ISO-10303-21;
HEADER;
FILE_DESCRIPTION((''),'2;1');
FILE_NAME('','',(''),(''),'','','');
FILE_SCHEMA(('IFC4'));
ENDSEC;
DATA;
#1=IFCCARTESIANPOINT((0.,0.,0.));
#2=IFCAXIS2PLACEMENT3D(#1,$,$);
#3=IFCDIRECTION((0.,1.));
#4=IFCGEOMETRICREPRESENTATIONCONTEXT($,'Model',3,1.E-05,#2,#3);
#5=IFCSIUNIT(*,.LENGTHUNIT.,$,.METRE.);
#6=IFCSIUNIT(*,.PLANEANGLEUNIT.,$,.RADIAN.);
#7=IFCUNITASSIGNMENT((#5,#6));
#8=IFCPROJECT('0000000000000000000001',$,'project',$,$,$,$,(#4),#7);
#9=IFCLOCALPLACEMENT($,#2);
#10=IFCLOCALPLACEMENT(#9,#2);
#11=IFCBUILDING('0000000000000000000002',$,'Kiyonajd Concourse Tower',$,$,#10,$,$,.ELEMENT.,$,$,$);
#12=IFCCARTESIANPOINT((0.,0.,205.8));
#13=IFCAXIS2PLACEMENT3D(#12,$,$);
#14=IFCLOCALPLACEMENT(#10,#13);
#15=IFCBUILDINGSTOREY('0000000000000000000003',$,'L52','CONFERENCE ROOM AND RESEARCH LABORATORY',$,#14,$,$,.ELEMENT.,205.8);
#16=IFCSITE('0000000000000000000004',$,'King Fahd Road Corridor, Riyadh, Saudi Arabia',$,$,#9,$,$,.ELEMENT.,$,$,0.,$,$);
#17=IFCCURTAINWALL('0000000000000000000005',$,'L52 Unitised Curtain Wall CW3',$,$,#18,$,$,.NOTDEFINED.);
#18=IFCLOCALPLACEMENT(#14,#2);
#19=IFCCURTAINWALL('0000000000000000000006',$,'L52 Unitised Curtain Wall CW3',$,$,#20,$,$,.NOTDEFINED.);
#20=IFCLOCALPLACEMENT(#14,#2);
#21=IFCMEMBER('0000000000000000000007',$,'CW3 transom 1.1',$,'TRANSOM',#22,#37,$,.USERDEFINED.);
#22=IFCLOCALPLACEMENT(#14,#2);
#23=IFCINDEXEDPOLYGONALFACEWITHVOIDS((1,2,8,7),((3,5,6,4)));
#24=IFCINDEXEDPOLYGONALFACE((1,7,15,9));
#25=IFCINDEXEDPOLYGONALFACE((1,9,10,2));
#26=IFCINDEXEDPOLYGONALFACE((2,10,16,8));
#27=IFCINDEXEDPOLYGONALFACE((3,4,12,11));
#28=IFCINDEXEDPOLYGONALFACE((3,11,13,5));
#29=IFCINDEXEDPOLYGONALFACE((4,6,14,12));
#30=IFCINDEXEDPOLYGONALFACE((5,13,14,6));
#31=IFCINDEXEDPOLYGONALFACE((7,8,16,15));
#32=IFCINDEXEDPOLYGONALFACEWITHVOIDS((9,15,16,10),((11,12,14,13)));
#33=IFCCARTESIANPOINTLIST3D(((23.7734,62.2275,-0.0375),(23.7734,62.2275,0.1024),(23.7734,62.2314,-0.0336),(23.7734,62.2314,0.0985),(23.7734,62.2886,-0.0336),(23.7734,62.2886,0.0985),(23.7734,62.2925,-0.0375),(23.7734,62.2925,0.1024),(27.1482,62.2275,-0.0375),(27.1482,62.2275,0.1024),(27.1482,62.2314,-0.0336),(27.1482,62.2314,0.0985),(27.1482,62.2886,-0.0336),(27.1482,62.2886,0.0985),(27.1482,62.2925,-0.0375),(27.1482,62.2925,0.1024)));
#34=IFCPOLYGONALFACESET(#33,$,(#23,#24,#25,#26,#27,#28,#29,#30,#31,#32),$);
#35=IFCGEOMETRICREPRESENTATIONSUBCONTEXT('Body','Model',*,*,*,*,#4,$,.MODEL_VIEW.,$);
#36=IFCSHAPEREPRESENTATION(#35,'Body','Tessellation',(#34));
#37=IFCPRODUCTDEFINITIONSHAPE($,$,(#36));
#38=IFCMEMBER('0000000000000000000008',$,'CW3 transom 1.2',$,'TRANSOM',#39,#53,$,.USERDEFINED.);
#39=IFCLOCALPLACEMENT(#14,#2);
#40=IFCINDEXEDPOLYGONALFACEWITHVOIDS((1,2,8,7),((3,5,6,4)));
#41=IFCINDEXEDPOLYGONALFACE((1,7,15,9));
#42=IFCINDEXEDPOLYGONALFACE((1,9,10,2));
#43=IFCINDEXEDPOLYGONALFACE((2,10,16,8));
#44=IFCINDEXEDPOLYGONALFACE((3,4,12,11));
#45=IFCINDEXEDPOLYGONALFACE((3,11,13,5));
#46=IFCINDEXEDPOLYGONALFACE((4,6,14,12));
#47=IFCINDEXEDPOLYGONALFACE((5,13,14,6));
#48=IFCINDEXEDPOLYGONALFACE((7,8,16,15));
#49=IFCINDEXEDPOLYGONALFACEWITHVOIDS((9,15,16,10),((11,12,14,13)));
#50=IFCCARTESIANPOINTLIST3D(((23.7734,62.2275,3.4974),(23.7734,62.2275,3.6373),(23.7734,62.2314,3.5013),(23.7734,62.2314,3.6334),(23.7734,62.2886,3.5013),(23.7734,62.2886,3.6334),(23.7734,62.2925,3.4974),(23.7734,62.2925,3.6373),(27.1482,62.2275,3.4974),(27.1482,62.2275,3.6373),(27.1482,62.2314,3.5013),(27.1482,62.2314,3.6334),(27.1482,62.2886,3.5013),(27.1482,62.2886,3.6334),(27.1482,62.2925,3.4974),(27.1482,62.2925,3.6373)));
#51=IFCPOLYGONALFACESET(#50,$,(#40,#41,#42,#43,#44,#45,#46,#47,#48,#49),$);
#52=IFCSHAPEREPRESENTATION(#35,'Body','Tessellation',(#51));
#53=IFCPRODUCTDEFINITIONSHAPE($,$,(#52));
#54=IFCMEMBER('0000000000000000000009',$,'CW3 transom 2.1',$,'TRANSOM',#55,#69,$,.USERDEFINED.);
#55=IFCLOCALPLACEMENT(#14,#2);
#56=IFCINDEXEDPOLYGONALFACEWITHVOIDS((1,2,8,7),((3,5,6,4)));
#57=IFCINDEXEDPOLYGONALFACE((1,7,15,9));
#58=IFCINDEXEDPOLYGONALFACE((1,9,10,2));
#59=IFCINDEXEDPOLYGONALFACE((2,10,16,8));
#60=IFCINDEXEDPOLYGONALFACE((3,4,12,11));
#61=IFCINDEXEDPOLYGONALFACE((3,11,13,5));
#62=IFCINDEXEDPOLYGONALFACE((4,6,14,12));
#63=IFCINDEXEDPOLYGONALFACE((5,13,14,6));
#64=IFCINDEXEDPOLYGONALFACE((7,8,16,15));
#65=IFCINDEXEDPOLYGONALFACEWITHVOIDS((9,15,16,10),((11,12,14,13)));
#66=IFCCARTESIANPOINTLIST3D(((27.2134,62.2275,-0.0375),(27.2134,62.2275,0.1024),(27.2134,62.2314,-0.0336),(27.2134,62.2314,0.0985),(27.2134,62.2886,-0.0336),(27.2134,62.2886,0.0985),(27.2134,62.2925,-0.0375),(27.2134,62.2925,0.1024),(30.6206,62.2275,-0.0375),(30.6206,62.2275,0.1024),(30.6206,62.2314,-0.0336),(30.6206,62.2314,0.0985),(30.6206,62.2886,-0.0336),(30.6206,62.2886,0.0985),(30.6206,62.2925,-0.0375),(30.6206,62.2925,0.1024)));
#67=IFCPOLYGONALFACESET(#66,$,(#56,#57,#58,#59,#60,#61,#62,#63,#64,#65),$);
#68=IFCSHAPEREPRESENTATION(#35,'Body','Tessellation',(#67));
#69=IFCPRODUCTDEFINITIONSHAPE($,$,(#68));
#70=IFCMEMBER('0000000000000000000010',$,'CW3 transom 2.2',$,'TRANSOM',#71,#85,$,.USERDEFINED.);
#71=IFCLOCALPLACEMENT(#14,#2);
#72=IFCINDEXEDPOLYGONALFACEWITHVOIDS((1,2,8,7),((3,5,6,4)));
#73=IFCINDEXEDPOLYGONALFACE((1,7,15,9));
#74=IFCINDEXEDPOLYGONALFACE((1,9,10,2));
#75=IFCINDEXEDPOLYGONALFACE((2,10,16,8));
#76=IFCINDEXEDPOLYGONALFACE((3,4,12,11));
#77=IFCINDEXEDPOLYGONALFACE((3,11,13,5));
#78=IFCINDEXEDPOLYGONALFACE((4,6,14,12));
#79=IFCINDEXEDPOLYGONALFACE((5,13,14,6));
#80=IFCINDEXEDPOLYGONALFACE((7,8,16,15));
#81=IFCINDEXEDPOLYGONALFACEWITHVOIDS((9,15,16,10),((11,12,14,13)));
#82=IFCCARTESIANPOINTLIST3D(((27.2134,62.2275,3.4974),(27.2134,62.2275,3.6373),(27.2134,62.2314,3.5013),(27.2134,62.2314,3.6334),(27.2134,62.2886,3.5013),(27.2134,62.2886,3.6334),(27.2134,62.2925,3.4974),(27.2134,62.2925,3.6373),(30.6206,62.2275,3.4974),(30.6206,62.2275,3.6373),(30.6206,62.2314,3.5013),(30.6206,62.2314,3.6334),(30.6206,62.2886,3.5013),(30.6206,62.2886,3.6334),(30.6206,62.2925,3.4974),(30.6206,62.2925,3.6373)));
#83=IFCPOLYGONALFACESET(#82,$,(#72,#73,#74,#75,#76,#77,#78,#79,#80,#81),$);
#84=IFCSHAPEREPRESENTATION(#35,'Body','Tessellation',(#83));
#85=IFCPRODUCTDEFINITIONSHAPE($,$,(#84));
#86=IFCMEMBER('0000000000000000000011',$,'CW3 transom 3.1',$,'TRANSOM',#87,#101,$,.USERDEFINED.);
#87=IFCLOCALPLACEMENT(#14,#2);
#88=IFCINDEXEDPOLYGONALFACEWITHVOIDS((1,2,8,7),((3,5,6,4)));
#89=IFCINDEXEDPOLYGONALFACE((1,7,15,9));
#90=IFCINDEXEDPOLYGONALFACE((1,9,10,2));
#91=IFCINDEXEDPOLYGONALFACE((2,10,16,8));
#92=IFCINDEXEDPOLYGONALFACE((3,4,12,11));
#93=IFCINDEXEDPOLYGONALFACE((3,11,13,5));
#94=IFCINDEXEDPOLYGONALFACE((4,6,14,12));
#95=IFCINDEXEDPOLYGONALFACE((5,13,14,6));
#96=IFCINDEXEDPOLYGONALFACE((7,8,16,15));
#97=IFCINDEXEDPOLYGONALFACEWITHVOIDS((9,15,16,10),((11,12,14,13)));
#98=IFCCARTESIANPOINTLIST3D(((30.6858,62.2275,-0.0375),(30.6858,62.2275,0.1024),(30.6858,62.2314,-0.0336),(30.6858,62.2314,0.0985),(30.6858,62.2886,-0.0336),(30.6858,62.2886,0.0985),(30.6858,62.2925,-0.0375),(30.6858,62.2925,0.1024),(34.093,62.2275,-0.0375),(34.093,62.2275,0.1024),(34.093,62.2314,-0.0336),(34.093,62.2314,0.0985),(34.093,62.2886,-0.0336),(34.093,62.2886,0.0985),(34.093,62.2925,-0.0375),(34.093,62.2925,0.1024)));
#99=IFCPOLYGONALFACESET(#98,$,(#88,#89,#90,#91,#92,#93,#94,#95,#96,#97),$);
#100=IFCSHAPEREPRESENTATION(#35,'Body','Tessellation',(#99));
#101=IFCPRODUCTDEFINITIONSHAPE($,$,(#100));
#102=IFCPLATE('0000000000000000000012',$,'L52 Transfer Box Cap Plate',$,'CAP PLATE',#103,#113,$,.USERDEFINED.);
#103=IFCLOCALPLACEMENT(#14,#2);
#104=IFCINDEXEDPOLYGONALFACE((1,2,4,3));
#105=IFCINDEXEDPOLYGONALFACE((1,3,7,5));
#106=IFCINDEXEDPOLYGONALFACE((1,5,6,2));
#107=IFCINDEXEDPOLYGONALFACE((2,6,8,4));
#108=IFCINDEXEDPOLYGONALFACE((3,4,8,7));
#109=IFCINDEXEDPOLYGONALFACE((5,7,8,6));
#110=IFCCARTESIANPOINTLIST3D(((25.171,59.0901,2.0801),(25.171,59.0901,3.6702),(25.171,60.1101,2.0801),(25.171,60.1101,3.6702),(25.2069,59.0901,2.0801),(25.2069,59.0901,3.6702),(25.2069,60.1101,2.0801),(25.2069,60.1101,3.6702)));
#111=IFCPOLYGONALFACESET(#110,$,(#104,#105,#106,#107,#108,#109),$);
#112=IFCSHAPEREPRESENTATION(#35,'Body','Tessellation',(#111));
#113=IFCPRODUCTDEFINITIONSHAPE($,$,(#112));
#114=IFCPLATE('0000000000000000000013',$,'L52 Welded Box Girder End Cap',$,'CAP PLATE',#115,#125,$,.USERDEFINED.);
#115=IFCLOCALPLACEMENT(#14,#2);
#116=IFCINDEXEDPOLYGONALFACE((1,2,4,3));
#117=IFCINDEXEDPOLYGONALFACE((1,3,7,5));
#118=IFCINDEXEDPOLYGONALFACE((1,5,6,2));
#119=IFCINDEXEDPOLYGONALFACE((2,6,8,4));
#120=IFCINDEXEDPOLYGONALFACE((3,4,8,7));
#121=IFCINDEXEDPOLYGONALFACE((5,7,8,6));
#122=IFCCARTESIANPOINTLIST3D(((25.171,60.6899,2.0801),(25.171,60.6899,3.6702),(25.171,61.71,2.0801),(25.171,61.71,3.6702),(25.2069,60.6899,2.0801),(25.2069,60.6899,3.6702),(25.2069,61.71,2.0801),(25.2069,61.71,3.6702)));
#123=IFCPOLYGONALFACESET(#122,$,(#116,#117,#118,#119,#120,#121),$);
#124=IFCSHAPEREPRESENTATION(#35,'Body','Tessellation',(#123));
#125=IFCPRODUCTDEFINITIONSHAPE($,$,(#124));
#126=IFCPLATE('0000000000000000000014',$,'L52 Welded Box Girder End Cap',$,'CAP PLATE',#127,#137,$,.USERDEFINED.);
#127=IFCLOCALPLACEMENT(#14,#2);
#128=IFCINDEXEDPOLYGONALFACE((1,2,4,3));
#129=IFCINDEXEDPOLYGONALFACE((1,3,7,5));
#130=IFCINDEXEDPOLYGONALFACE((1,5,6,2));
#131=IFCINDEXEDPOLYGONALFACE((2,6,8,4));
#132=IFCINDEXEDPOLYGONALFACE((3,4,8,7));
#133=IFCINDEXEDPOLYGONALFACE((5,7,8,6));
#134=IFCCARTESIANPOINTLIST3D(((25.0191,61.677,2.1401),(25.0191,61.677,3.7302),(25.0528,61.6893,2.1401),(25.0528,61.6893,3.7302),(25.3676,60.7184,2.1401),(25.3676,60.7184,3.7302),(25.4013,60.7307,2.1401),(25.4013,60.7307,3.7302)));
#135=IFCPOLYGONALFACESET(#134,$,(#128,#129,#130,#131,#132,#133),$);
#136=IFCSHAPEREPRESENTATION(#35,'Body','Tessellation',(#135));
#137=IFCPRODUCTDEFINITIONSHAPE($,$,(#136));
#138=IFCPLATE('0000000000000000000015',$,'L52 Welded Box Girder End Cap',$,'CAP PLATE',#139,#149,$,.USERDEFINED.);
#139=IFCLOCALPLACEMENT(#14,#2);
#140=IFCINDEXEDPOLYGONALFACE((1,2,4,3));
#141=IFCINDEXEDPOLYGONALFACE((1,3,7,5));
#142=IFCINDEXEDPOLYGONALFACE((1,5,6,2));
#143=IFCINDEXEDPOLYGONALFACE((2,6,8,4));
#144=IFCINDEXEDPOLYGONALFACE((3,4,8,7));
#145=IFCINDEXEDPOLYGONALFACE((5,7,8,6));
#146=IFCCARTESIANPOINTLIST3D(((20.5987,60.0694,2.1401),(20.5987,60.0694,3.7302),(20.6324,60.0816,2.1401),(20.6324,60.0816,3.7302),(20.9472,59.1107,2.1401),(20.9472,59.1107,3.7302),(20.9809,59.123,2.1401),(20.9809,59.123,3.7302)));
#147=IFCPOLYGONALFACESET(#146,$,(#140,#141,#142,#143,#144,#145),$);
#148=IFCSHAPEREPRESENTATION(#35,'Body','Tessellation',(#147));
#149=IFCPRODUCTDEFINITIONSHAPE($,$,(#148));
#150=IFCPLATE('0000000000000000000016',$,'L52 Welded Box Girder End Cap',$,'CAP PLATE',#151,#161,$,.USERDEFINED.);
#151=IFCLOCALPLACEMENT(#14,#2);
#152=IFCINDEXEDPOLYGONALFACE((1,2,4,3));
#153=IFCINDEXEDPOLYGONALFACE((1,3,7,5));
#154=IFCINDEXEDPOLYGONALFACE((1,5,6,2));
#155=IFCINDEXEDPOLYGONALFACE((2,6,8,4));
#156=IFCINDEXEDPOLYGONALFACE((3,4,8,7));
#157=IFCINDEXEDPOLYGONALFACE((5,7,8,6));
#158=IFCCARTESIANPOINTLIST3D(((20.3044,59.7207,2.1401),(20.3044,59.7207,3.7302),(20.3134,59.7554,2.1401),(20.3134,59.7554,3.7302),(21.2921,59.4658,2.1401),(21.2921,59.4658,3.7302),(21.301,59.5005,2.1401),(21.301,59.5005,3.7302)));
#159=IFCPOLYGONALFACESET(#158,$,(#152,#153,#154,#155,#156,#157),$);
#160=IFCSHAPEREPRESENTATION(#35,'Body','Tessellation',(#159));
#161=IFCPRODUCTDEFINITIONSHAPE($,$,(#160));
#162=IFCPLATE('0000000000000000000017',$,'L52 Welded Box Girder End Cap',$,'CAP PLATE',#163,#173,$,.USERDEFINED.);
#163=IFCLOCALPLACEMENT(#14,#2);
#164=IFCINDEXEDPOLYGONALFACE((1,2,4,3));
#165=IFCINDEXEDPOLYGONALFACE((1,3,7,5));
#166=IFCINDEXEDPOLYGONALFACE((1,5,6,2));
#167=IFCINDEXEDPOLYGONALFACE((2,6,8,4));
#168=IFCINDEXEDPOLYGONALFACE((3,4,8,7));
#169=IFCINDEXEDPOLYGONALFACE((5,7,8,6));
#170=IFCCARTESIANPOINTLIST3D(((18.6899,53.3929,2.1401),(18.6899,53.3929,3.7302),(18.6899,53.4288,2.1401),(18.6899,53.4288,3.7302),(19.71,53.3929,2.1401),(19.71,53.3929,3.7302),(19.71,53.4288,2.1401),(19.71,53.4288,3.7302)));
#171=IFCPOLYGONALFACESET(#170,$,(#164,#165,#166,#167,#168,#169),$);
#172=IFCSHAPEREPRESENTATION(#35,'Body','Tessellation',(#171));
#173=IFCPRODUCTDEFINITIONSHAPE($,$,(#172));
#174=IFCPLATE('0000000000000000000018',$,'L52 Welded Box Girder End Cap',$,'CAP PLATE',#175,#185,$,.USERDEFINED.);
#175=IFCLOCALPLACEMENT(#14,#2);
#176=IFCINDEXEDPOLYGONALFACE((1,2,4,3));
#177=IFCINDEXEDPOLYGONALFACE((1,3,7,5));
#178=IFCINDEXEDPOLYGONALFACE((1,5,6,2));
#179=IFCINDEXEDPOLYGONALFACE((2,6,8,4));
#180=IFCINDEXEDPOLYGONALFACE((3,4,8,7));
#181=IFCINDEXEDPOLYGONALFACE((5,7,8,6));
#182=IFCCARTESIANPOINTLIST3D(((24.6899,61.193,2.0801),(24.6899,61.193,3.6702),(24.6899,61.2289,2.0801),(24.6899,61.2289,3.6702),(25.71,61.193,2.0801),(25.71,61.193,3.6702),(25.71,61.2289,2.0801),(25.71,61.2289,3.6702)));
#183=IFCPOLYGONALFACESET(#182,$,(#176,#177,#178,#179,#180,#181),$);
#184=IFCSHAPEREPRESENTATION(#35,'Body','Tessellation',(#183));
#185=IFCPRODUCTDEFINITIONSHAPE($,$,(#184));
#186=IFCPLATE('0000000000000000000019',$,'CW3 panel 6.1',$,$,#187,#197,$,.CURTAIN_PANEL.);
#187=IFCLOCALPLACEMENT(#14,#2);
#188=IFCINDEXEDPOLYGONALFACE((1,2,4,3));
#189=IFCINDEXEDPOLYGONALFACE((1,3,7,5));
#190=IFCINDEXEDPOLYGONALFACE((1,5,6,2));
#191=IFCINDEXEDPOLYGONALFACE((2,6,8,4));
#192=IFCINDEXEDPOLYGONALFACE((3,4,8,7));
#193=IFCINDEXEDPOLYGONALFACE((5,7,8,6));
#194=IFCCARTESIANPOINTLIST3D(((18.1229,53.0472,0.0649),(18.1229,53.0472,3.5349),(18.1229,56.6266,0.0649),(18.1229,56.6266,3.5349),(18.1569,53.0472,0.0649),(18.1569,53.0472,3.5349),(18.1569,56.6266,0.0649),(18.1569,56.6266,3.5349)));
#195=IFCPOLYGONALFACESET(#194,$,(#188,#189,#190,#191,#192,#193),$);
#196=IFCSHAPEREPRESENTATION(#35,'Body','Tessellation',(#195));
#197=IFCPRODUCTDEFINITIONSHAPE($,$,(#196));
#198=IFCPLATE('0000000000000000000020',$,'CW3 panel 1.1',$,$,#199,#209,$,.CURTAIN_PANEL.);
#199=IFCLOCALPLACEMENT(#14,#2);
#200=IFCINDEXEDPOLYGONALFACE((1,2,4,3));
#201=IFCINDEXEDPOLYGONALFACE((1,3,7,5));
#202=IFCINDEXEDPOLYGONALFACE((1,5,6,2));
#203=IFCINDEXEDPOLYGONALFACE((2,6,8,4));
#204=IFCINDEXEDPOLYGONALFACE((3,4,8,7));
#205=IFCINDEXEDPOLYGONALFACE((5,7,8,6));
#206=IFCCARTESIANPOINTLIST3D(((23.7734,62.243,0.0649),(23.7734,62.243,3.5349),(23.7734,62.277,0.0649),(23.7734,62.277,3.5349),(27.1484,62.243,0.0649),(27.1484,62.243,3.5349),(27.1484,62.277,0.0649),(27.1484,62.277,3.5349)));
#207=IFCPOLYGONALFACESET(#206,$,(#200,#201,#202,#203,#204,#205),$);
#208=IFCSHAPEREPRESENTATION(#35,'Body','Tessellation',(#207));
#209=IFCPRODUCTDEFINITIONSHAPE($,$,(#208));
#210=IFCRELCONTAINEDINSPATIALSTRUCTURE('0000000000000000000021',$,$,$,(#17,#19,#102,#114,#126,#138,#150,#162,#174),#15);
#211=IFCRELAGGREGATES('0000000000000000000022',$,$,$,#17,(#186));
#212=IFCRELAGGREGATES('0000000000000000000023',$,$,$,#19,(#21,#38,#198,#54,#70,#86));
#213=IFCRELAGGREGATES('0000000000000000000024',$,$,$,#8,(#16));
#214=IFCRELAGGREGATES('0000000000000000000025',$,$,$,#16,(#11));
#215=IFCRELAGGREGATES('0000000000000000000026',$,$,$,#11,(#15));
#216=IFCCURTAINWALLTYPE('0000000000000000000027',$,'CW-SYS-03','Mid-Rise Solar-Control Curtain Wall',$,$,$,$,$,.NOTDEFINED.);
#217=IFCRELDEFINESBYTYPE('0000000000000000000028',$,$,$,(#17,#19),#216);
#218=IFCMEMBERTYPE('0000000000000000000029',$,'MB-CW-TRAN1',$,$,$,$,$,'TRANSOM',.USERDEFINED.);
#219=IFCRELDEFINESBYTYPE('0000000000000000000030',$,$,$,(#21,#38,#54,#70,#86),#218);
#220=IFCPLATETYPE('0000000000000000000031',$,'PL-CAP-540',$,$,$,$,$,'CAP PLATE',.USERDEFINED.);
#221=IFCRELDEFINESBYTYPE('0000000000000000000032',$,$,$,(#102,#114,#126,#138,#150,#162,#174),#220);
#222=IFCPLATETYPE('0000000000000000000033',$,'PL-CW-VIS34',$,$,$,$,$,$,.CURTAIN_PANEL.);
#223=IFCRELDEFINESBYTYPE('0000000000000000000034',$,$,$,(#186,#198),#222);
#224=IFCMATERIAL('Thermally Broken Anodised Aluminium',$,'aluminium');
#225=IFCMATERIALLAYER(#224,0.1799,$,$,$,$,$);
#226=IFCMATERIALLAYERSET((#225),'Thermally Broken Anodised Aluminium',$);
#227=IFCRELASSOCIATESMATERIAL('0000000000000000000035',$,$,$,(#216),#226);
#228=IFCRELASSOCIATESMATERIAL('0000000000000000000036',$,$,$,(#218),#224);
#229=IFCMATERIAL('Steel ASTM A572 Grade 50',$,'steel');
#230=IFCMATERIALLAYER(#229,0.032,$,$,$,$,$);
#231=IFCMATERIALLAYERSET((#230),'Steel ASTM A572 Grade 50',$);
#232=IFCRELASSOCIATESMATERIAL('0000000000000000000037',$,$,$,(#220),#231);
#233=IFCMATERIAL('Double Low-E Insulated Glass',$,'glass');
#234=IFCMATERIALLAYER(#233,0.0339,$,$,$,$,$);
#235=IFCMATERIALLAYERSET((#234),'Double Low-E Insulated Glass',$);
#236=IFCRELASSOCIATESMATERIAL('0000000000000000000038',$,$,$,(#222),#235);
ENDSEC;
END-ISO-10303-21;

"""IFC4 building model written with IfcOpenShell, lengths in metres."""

from ifc_helpers import new_model, si_unit, direction, frame, origin, origin_2d, place, context, subcontext, project, spatial, rectangle, hollow_rectangle, extrude, material, layer, layer_set, material_profile, profile_set, type_object, element, aggregate, save


model = new_model("IFC4")

# Units and contexts
model_context = context("Model", 3, precision=1e-05, world=origin(), true_north=direction((0.0, 1.0)))
body_context = subcontext(model_context, "Body", "Model", "MODEL_VIEW")
ifc_project = project(units=[si_unit("LENGTHUNIT", "METRE"), si_unit("PLANEANGLEUNIT", "RADIAN")], contexts=[model_context])

# Site, building, storey
site_placement = place(None, origin())
site = spatial("IfcSite", under=ifc_project, at=site_placement, Name="King Fahd Road Corridor, Riyadh, Saudi Arabia", CompositionType="ELEMENT", RefElevation=0.0)
building_placement = place(site_placement, origin())
building = spatial("IfcBuilding", under=site, at=building_placement, Name="Kiyonajd Concourse Tower", CompositionType="ELEMENT")
storey_placement = place(building_placement, frame((0.0, 0.0, 205.8)))
storey = spatial("IfcBuildingStorey", under=building, at=storey_placement, Name="L52", Description="CONFERENCE ROOM AND RESEARCH LABORATORY", CompositionType="ELEMENT", Elevation=205.8)

# Shared definitions
ifc_material_1 = material(Name="Steel ASTM A572 Grade 50", Category="steel")

# Curtain wall
ifc_material_2 = material(Name="Thermally Broken Anodised Aluminium", Category="aluminium")
ifc_layer_1 = layer(ifc_material_2, 0.1799)
ifc_layer_set_1 = layer_set([ifc_layer_1], Name="Thermally Broken Anodised Aluminium")
curtain_wall_type = type_object("IfcCurtainWallType", Name="CW-SYS-03", Description="Mid-Rise Solar-Control Curtain Wall", PredefinedType="NOTDEFINED", material=ifc_layer_set_1)
curtain_wall_1_placement = place(storey_placement, origin())
curtain_wall_1 = element("IfcCurtainWall", 1, at=curtain_wall_1_placement, inside=storey, type_object=curtain_wall_type, Name="L52 Unitised Curtain Wall CW3", PredefinedType="NOTDEFINED")

# Curtain wall, members
curtain_wall_2_placement = place(storey_placement, origin())
curtain_wall_2 = element("IfcCurtainWall", 2, at=curtain_wall_2_placement, inside=storey, type_object=curtain_wall_type, Name="L52 Unitised Curtain Wall CW3", PredefinedType="NOTDEFINED")
ifc_material_profile_1 = material_profile(ifc_material_2, hollow_rectangle(XDim=0.0649, YDim=0.1399, WallThickness=0.0039, at=origin_2d()), Name="TRAN-65x140")
ifc_profile_set_1 = profile_set([ifc_material_profile_1], Name="Thermally Broken Anodised Aluminium")
member_type_1 = type_object("IfcMemberType", Name="MB-CW-TRAN1", ElementType="TRANSOM", PredefinedType="USERDEFINED", material=ifc_profile_set_1)
member_1_placement = place(storey_placement, frame((23.7734, 62.26, 0.0325), z_axis=(1.0, 0.0, 0.0), x_axis=(0.0, 1.0, 0.0)))
member_1 = element("IfcMember", 3, at=member_1_placement, type_object=member_type_1, Name="CW3 transom 1.1", ObjectType="TRANSOM", PredefinedType="USERDEFINED", context=body_context, shape_type="SweptSolid", body=[
    extrude(hollow_rectangle(XDim=0.0649, YDim=0.1399, WallThickness=0.0039, at=origin_2d()), origin(), (0.0, 0.0, 1.0), 3.3748),
])
member_2_placement = place(storey_placement, frame((23.7734, 62.26, 3.5674), z_axis=(1.0, 0.0, 0.0), x_axis=(0.0, 1.0, 0.0)))
member_2 = element("IfcMember", 4, at=member_2_placement, type_object=member_type_1, Name="CW3 transom 1.2", ObjectType="TRANSOM", PredefinedType="USERDEFINED", context=body_context, shape_type="SweptSolid", body=[
    extrude(hollow_rectangle(XDim=0.0649, YDim=0.1399, WallThickness=0.0039, at=origin_2d()), origin(), (0.0, 0.0, 1.0), 3.3748),
])
member_3_placement = place(storey_placement, frame((27.2134, 62.26, 0.0325), z_axis=(1.0, 0.0, 0.0), x_axis=(0.0, 1.0, 0.0)))
member_3 = element("IfcMember", 5, at=member_3_placement, type_object=member_type_1, Name="CW3 transom 2.1", ObjectType="TRANSOM", PredefinedType="USERDEFINED", context=body_context, shape_type="SweptSolid", body=[
    extrude(hollow_rectangle(XDim=0.0649, YDim=0.1399, WallThickness=0.0039, at=origin_2d()), origin(), (0.0, 0.0, 1.0), 3.4072),
])
member_4_placement = place(storey_placement, frame((27.2134, 62.26, 3.5674), z_axis=(1.0, 0.0, 0.0), x_axis=(0.0, 1.0, 0.0)))
member_4 = element("IfcMember", 6, at=member_4_placement, type_object=member_type_1, Name="CW3 transom 2.2", ObjectType="TRANSOM", PredefinedType="USERDEFINED", context=body_context, shape_type="SweptSolid", body=[
    extrude(hollow_rectangle(XDim=0.0649, YDim=0.1399, WallThickness=0.0039, at=origin_2d()), origin(), (0.0, 0.0, 1.0), 3.4072),
])
member_5_placement = place(storey_placement, frame((30.6858, 62.26, 0.0325), z_axis=(1.0, 0.0, 0.0), x_axis=(0.0, 1.0, 0.0)))
member_5 = element("IfcMember", 7, at=member_5_placement, type_object=member_type_1, Name="CW3 transom 3.1", ObjectType="TRANSOM", PredefinedType="USERDEFINED", context=body_context, shape_type="SweptSolid", body=[
    extrude(hollow_rectangle(XDim=0.0649, YDim=0.1399, WallThickness=0.0039, at=origin_2d()), origin(), (0.0, 0.0, 1.0), 3.4072),
])

# Plates
ifc_layer_2 = layer(ifc_material_1, 0.032)
ifc_layer_set_2 = layer_set([ifc_layer_2], Name="Steel ASTM A572 Grade 50")
plate_type_1 = type_object("IfcPlateType", Name="PL-CAP-540", ElementType="CAP PLATE", PredefinedType="USERDEFINED", material=ifc_layer_set_2)
for number, where, z_axis, x_axis, name in (
    (8, (25.189, 59.6001, 2.0801), (0.0, 0.0, 1.0), (-1.0, 0.0, 0.0), "L52 Transfer Box Cap Plate"),
    (9, (25.189, 61.2, 2.0801), (0.0, 0.0, 1.0), (-1.0, 0.0, 0.0), "L52 Welded Box Girder End Cap"),
    (10, (25.2102, 61.2039, 2.1401), (0.0, 0.0, 1.0), (0.939812, 0.341692, 0.0), "L52 Welded Box Girder End Cap"),
    (11, (20.7898, 59.5962, 2.1401), (0.0, 0.0, 1.0), (-0.939812, -0.341692, 0.0), "L52 Welded Box Girder End Cap"),
    (12, (20.8027, 59.6106, 2.1401), (0.0, 0.0, 1.0), (0.249873, 0.968279, 0.0), "L52 Welded Box Girder End Cap"),
    (13, (19.2, 53.4109, 2.1401), (0.0, 0.0, 1.0), (0.0, 1.0, 0.0), "L52 Welded Box Girder End Cap"),
    (14, (25.2, 61.2109, 2.0801), (0.0, 0.0, 1.0), (0.0, 1.0, 0.0), "L52 Welded Box Girder End Cap"),
):
    element("IfcPlate", number, at=place(storey_placement, frame(where, z_axis=z_axis, x_axis=x_axis)), inside=storey, type_object=plate_type_1, Name=name, ObjectType="CAP PLATE", PredefinedType="USERDEFINED", context=body_context, shape_type="SweptSolid", body=[
        extrude(rectangle(XDim=0.0359, YDim=1.02, at=origin_2d()), origin(), (0.0, 0.0, 1.0), 1.5901),
    ])

# Plates
ifc_material_3 = material(Name="Double Low-E Insulated Glass", Category="glass")
ifc_layer_3 = layer(ifc_material_3, 0.0339)
ifc_layer_set_3 = layer_set([ifc_layer_3], Name="Double Low-E Insulated Glass")
plate_type_2 = type_object("IfcPlateType", Name="PL-CW-VIS34", PredefinedType="CURTAIN_PANEL", material=ifc_layer_set_3)
plate_1_placement = place(storey_placement, frame((18.1399, 54.8369, 0.0649), z_axis=(0.0, 0.0, 1.0), x_axis=(0.0, 1.0, 0.0)))
plate_1 = element("IfcPlate", 15, at=plate_1_placement, type_object=plate_type_2, Name="CW3 panel 6.1", PredefinedType="CURTAIN_PANEL", context=body_context, shape_type="SweptSolid", body=[
    extrude(rectangle(XDim=3.5793, YDim=0.0339, at=origin_2d()), origin(), (0.0, 0.0, 1.0), 3.47),
])
aggregate(curtain_wall_1, [plate_1])
plate_2_placement = place(storey_placement, frame((25.4609, 62.26, 0.0649), z_axis=(0.0, 0.0, 1.0), x_axis=(1.0, 0.0, 0.0)))
plate_2 = element("IfcPlate", 16, at=plate_2_placement, type_object=plate_type_2, Name="CW3 panel 1.1", PredefinedType="CURTAIN_PANEL", context=body_context, shape_type="SweptSolid", body=[
    extrude(rectangle(XDim=3.375, YDim=0.0339, at=origin_2d()), origin(), (0.0, 0.0, 1.0), 3.47),
])
aggregate(curtain_wall_2, [member_1, member_2, plate_2, member_3, member_4, member_5])

save(model, "model.ifc")
